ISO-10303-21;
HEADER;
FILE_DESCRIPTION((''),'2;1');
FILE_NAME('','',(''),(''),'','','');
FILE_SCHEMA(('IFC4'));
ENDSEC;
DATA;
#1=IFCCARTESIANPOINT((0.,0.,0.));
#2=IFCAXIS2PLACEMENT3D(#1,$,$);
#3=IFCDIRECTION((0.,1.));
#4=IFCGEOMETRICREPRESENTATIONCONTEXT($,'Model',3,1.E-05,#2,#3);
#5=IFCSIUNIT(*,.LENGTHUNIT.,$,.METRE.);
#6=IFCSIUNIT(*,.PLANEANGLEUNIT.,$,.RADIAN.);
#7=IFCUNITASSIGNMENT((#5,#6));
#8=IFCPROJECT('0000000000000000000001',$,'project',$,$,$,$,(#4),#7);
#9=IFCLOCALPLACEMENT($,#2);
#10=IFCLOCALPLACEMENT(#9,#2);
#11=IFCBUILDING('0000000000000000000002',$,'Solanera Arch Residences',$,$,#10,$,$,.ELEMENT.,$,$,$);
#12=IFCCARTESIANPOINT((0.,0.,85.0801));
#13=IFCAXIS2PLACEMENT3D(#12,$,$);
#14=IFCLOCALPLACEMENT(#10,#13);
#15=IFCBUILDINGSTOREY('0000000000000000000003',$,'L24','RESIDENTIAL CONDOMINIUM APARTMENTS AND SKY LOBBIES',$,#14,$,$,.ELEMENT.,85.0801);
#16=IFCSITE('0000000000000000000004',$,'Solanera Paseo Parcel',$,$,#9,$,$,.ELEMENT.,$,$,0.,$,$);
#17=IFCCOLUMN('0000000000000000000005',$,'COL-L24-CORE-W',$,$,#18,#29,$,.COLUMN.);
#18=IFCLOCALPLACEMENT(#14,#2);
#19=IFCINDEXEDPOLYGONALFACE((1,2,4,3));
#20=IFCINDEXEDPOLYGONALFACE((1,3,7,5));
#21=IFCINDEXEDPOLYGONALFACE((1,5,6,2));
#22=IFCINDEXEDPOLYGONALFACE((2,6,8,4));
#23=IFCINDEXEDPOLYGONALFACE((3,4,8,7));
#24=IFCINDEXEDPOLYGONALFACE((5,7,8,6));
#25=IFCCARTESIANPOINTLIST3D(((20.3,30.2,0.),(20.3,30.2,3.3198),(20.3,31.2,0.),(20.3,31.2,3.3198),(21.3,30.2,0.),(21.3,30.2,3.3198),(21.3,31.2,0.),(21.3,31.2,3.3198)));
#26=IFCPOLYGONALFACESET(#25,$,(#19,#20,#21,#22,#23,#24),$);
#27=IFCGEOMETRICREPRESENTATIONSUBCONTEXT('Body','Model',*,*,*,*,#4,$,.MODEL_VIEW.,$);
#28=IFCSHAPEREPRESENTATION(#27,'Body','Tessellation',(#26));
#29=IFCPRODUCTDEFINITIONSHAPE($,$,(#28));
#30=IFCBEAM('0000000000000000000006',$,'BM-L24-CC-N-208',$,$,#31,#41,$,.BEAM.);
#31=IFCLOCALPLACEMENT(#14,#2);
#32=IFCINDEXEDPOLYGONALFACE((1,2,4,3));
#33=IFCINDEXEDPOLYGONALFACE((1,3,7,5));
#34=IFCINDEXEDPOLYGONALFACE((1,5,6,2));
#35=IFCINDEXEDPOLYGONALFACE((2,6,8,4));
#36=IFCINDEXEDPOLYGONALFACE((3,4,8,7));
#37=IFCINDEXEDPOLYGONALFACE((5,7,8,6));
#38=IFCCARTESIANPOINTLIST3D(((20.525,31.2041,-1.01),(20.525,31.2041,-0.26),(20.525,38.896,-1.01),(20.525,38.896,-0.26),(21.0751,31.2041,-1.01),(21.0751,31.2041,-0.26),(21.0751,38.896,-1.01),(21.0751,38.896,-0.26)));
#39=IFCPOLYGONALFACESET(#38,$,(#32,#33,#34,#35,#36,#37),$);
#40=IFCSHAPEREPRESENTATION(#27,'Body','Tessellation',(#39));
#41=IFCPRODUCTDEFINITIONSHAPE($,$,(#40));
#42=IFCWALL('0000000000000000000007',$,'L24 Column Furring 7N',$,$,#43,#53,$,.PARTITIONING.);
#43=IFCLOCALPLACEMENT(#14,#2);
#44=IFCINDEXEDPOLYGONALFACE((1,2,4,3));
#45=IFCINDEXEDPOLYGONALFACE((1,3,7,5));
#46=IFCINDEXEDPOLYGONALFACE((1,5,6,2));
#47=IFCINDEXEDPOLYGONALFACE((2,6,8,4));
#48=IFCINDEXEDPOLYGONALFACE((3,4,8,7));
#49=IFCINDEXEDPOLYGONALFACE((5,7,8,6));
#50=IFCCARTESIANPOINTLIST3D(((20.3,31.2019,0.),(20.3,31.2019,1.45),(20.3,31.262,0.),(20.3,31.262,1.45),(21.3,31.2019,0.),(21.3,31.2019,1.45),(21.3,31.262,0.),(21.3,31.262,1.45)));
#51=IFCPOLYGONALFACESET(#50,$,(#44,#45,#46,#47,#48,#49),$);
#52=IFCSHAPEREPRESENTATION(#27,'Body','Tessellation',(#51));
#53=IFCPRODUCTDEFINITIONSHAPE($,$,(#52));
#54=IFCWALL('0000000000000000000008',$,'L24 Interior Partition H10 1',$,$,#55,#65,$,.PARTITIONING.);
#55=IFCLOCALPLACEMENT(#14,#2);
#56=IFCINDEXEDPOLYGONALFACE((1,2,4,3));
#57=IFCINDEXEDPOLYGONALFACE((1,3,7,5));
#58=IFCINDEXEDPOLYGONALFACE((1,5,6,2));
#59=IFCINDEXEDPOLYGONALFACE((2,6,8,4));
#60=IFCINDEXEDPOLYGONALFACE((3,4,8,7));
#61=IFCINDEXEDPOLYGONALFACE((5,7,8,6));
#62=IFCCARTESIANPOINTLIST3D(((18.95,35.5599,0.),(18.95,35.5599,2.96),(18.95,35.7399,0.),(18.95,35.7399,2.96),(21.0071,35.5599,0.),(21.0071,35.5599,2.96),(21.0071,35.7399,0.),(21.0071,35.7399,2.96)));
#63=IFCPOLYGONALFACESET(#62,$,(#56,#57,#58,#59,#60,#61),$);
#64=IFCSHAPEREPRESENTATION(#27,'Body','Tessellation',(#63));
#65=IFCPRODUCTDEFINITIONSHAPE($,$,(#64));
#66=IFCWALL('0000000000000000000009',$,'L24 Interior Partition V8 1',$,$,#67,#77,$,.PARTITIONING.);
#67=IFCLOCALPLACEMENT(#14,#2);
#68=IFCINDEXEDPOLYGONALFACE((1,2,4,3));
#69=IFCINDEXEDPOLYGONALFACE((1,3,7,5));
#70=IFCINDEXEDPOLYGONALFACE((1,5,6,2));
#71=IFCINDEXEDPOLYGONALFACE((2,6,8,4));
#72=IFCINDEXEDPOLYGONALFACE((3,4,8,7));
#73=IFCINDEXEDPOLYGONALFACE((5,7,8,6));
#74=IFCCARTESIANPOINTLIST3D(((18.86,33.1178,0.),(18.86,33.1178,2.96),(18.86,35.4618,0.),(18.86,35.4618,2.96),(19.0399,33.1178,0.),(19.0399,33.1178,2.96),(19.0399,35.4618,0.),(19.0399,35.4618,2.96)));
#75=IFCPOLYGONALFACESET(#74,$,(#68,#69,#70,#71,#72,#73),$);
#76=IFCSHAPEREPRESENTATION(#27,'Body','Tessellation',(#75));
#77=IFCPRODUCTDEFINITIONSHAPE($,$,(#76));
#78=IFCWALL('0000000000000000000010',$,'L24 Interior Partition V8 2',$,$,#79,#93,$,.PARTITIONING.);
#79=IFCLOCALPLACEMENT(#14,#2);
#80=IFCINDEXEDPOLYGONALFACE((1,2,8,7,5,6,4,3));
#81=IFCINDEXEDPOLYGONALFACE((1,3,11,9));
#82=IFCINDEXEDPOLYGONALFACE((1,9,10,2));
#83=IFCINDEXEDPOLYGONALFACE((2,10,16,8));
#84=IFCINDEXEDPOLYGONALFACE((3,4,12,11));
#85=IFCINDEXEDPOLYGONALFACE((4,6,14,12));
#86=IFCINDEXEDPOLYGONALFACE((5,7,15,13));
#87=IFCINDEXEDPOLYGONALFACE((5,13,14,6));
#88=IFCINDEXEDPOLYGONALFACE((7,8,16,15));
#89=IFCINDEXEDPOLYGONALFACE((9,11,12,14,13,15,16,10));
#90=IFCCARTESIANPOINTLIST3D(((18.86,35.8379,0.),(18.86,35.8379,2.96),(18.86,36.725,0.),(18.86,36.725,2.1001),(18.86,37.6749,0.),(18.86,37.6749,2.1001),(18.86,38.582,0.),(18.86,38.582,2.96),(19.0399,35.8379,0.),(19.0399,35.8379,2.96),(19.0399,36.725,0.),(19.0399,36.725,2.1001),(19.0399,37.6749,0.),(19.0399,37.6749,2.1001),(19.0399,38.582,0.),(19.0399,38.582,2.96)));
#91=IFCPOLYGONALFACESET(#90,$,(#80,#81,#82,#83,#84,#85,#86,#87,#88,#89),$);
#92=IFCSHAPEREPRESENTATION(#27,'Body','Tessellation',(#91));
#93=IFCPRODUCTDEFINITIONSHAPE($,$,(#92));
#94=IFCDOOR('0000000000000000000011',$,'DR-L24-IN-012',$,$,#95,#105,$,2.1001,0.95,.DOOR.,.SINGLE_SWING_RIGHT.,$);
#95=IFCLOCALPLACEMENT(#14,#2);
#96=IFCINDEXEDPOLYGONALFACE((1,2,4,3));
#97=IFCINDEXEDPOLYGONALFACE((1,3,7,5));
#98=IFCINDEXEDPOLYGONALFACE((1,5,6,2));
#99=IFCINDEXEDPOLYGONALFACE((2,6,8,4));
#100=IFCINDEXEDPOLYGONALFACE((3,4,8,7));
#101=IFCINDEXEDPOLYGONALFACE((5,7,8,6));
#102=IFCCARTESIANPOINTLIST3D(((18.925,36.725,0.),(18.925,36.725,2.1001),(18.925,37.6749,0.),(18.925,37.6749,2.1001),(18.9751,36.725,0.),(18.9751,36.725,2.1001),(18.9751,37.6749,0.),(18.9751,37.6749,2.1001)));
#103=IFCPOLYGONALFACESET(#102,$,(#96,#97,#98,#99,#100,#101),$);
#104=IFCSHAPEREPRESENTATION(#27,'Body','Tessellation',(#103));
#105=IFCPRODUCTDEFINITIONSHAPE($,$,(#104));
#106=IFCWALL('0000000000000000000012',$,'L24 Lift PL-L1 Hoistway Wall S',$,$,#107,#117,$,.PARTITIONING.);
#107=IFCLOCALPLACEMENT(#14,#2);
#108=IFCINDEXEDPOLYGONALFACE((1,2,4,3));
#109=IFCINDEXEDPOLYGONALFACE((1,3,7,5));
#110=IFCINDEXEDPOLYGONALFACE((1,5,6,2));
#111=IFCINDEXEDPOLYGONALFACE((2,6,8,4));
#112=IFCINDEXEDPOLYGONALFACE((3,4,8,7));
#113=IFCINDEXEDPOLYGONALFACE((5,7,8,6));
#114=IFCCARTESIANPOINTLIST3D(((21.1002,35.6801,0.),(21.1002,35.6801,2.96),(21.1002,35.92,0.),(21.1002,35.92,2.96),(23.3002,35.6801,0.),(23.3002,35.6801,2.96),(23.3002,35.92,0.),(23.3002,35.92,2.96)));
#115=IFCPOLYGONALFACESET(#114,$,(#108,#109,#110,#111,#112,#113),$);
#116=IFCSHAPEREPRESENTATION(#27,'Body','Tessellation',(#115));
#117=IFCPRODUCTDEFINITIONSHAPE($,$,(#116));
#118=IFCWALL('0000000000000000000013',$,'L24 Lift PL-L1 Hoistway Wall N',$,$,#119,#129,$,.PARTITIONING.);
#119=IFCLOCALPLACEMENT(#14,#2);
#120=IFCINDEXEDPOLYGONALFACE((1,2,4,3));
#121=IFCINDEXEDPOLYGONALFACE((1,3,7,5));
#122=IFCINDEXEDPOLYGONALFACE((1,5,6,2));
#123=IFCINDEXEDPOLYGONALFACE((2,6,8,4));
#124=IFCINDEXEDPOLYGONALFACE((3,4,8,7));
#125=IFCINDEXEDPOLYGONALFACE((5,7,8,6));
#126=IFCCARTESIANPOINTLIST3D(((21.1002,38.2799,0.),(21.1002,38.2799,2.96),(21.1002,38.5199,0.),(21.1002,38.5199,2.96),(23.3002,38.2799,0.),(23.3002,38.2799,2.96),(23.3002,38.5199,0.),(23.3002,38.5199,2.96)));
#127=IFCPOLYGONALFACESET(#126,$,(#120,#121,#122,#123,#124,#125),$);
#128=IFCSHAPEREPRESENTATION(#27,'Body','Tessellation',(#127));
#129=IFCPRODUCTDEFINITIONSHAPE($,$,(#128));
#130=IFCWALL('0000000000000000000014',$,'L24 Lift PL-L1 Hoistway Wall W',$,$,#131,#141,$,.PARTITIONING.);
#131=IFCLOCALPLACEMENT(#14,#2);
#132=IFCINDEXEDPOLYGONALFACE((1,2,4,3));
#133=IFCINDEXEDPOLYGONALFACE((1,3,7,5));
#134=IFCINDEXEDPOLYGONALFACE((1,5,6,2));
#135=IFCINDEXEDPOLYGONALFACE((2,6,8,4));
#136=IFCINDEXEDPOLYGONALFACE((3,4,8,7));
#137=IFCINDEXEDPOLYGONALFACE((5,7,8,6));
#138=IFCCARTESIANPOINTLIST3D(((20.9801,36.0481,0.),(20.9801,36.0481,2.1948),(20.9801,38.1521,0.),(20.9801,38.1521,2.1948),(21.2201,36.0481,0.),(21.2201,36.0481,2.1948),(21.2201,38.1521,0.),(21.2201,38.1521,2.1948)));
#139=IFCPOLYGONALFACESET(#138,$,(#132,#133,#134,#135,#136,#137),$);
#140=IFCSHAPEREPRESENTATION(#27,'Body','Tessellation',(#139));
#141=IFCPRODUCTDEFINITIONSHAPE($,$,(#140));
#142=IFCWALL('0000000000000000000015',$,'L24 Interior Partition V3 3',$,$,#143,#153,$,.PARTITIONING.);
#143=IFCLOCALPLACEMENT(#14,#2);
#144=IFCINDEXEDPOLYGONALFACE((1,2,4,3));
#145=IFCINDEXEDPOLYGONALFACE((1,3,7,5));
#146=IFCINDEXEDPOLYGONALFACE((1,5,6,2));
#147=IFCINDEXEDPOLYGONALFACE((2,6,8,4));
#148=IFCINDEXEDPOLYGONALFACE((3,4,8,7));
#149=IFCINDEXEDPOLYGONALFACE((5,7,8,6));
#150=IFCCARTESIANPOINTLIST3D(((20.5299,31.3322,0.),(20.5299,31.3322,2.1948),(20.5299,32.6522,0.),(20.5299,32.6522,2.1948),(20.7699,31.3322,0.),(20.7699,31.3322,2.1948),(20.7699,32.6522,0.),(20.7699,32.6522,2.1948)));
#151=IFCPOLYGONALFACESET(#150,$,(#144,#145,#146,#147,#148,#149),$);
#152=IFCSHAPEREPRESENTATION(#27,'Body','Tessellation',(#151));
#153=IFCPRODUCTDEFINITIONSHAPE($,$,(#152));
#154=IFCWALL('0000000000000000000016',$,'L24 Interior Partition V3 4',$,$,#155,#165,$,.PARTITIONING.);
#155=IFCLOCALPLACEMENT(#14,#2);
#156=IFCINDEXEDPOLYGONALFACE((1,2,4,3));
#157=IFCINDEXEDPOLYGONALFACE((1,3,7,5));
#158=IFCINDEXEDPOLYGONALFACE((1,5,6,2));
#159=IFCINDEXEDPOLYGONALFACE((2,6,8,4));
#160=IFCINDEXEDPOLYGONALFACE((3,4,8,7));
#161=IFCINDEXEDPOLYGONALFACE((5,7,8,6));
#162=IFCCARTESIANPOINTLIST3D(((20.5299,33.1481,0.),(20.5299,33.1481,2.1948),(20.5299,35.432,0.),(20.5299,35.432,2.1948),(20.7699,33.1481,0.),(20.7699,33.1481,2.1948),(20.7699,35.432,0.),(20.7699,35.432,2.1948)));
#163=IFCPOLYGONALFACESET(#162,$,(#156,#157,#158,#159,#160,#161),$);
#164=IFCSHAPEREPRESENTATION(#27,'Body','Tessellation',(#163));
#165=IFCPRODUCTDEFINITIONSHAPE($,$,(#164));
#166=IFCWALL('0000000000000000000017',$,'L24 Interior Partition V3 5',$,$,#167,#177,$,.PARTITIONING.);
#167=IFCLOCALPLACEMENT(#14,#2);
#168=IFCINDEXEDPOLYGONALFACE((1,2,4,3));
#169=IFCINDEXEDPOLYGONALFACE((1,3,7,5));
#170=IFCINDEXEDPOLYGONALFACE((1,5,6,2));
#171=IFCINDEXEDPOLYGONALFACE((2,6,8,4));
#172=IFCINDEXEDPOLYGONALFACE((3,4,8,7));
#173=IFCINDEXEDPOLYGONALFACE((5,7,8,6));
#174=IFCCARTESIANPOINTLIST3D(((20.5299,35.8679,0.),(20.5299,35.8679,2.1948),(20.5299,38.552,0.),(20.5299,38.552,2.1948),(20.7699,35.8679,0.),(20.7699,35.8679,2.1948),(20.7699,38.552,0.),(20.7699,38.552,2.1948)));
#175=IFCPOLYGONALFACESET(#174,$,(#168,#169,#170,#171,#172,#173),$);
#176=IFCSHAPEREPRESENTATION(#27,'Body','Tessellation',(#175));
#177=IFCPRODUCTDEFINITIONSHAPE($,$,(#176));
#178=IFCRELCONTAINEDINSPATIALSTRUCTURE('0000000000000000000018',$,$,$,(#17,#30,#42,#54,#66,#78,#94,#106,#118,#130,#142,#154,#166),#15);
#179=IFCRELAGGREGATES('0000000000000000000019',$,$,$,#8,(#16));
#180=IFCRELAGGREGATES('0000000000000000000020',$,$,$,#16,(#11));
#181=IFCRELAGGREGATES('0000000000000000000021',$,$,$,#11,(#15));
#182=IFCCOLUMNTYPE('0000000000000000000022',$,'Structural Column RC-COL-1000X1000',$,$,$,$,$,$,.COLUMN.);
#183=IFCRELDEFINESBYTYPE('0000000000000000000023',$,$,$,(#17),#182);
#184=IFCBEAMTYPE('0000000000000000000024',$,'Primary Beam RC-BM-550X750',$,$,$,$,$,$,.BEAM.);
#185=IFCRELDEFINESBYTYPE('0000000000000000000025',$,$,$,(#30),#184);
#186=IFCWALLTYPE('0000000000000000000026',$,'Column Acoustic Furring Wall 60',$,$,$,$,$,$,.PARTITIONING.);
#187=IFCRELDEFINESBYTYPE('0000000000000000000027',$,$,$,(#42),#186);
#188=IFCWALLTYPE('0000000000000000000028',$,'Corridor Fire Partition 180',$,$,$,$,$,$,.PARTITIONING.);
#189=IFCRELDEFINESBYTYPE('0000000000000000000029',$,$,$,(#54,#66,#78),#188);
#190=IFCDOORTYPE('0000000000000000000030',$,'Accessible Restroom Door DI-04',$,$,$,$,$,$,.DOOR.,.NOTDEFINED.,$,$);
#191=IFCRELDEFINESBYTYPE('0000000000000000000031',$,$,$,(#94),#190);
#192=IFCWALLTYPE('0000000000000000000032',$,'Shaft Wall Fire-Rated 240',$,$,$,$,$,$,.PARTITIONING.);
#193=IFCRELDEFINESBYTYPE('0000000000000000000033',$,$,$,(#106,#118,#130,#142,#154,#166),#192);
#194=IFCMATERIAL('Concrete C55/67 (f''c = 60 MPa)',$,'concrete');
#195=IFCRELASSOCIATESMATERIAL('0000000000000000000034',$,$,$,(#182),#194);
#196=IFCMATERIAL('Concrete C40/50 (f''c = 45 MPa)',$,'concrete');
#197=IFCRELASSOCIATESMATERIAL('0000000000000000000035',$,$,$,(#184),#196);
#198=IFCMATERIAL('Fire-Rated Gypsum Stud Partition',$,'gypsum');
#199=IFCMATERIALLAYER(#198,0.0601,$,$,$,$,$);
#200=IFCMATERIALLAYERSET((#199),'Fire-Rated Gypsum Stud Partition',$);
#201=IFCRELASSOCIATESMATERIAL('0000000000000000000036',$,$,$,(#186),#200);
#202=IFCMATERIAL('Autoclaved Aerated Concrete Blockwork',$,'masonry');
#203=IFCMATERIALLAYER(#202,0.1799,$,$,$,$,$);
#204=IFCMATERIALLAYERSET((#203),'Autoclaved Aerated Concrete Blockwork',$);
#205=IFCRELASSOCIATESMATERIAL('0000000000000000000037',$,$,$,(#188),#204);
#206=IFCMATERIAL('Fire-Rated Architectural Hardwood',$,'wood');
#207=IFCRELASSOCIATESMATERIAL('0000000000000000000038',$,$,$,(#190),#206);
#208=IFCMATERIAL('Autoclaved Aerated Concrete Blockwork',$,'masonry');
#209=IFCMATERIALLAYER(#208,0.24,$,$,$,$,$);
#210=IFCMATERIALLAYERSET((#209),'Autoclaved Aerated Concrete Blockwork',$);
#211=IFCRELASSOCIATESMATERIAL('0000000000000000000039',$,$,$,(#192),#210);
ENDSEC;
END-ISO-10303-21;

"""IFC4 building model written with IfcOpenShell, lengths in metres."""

from ifc_helpers import new_model, si_unit, direction, frame, frame_2d, origin, origin_2d, place, context, subcontext, project, spatial, rectangle, extrude, material, layer, layer_set, material_profile, profile_set, type_object, element, fill, save


model = new_model("IFC4")

# Units and contexts
model_context = context("Model", 3, precision=1e-05, world=origin(), true_north=direction((0.0, 1.0)))
body_context = subcontext(model_context, "Body", "Model", "MODEL_VIEW")
ifc_project = project(units=[si_unit("LENGTHUNIT", "METRE"), si_unit("PLANEANGLEUNIT", "RADIAN")], contexts=[model_context])

# Site, building, storey
site_placement = place(None, origin())
site = spatial("IfcSite", under=ifc_project, at=site_placement, Name="Solanera Paseo Parcel", CompositionType="ELEMENT", RefElevation=0.0)
building_placement = place(site_placement, origin())
building = spatial("IfcBuilding", under=site, at=building_placement, Name="Solanera Arch Residences", CompositionType="ELEMENT")
storey_placement = place(building_placement, frame((0.0, 0.0, 85.0801)))
storey = spatial("IfcBuildingStorey", under=building, at=storey_placement, Name="L24", Description="RESIDENTIAL CONDOMINIUM APARTMENTS AND SKY LOBBIES", CompositionType="ELEMENT", Elevation=85.0801)

# Column
ifc_material_1 = material(Name="Concrete C55/67 (f'c = 60 MPa)", Category="concrete")
ifc_material_profile_1 = material_profile(ifc_material_1, rectangle(XDim=1.0, YDim=1.0, at=origin_2d()))
ifc_profile_set_1 = profile_set([ifc_material_profile_1], Name="Concrete C55/67 (f'c = 60 MPa)")
column_type = type_object("IfcColumnType", Name="Structural Column RC-COL-1000X1000", PredefinedType="COLUMN", material=ifc_profile_set_1)
column_placement = place(storey_placement, frame((20.8, 30.7, 0.0), z_axis=(0.0, 0.0, 1.0), x_axis=(1.0, 0.0, 0.0)))
element("IfcColumn", 1, at=column_placement, inside=storey, type_object=column_type, Name="COL-L24-CORE-W", PredefinedType="COLUMN", context=body_context, shape_type="SweptSolid", body=[
    extrude(rectangle(XDim=1.0, YDim=1.0, at=origin_2d()), origin(), (0.0, 0.0, 1.0), 3.3198),
])

# Beam
ifc_material_2 = material(Name="Concrete C40/50 (f'c = 45 MPa)", Category="concrete")
ifc_material_profile_2 = material_profile(ifc_material_2, rectangle(XDim=0.55, YDim=0.75, at=origin_2d()))
ifc_profile_set_2 = profile_set([ifc_material_profile_2], Name="Concrete C40/50 (f'c = 45 MPa)")
beam_type = type_object("IfcBeamType", Name="Primary Beam RC-BM-550X750", PredefinedType="BEAM", material=ifc_profile_set_2)
beam_placement = place(storey_placement, frame((20.8, 31.2041, -0.635), z_axis=(0.0, 1.0, 0.0), x_axis=(-1.0, 0.0, 0.0)))
element("IfcBeam", 2, at=beam_placement, inside=storey, type_object=beam_type, Name="BM-L24-CC-N-208", PredefinedType="BEAM", context=body_context, shape_type="SweptSolid", body=[
    extrude(rectangle(XDim=0.55, YDim=0.75, at=origin_2d()), origin(), (0.0, 0.0, 1.0), 7.6919),
])

# Wall
ifc_material_3 = material(Name="Fire-Rated Gypsum Stud Partition", Category="gypsum")
ifc_layer_1 = layer(ifc_material_3, 0.0601)
ifc_layer_set_1 = layer_set([ifc_layer_1], Name="Fire-Rated Gypsum Stud Partition")
wall_type_1 = type_object("IfcWallType", Name="Column Acoustic Furring Wall 60", PredefinedType="PARTITIONING", material=ifc_layer_set_1)
wall_1_placement = place(storey_placement, frame((20.3, 31.2319, 0.0), z_axis=(0.0, 0.0, 1.0), x_axis=(1.0, 0.0, 0.0)))
element("IfcWall", 3, at=wall_1_placement, inside=storey, type_object=wall_type_1, Name="L24 Column Furring 7N", PredefinedType="PARTITIONING", context=body_context, shape_type="SweptSolid", body=[
    extrude(rectangle(XDim=1.0, YDim=0.0601, at=frame_2d((0.5, 0.0))), origin(), (0.0, 0.0, 1.0), 1.45),
])

# Walls
ifc_material_4 = material(Name="Autoclaved Aerated Concrete Blockwork", Category="masonry")
ifc_layer_2 = layer(ifc_material_4, 0.1799)
ifc_layer_set_2 = layer_set([ifc_layer_2], Name="Autoclaved Aerated Concrete Blockwork")
wall_type_2 = type_object("IfcWallType", Name="Corridor Fire Partition 180", PredefinedType="PARTITIONING", material=ifc_layer_set_2)
wall_2_placement = place(storey_placement, frame((18.95, 35.6499, 0.0), z_axis=(0.0, 0.0, 1.0), x_axis=(1.0, 0.0, 0.0)))
element("IfcWall", 4, at=wall_2_placement, inside=storey, type_object=wall_type_2, Name="L24 Interior Partition H10 1", PredefinedType="PARTITIONING", context=body_context, shape_type="SweptSolid", body=[
    extrude(rectangle(XDim=2.0571, YDim=0.1799, at=frame_2d((1.0286, 0.0))), origin(), (0.0, 0.0, 1.0), 2.96),
])
wall_3_placement = place(storey_placement, frame((18.95, 33.1179, 0.0), z_axis=(0.0, 0.0, 1.0), x_axis=(0.0, 1.0, 0.0)))
element("IfcWall", 5, at=wall_3_placement, inside=storey, type_object=wall_type_2, Name="L24 Interior Partition V8 1", PredefinedType="PARTITIONING", context=body_context, shape_type="SweptSolid", body=[
    extrude(rectangle(XDim=2.344, YDim=0.1799, at=frame_2d((1.1719, 0.0))), origin(), (0.0, 0.0, 1.0), 2.96),
])

# Wall, opening, door
wall_4_placement = place(storey_placement, frame((18.95, 35.8379, 0.0), z_axis=(0.0, 0.0, 1.0), x_axis=(0.0, 1.0, 0.0)))
wall_4 = element("IfcWall", 6, at=wall_4_placement, inside=storey, type_object=wall_type_2, Name="L24 Interior Partition V8 2", PredefinedType="PARTITIONING", context=body_context, shape_type="SweptSolid", body=[
    extrude(rectangle(XDim=2.7441, YDim=0.1799, at=frame_2d((1.3721, 0.0))), origin(), (0.0, 0.0, 1.0), 2.96),
])
opening_1_placement = place(wall_4_placement, frame((0.887, 0.0, 0.0)))
opening_1 = element("IfcOpeningElement", 7, at=opening_1_placement, cuts=wall_4, PredefinedType="OPENING", context=body_context, shape_type="SweptSolid", body=[
    extrude(rectangle(XDim=0.95, YDim=2.1001, at=frame_2d((0.4751, 1.05))), frame((0.0, 0.1001, 0.0), z_axis=(0.0, -1.0, 0.0), x_axis=(1.0, 0.0, 0.0)), (0.0, 0.0, 1.0), 0.1999),
])
ifc_material_5 = material(Name="Fire-Rated Architectural Hardwood", Category="wood")
door_type_1 = type_object("IfcDoorType", Name="Accessible Restroom Door DI-04", OperationType="NOTDEFINED", PredefinedType="DOOR", material=ifc_material_5)
door_1_placement = place(opening_1_placement, origin())
door_1 = element("IfcDoor", 8, at=door_1_placement, inside=storey, type_object=door_type_1, Name="DR-L24-IN-012", OperationType="SINGLE_SWING_RIGHT", OverallHeight=2.1001, OverallWidth=0.95, PredefinedType="DOOR", context=body_context, shape_type="SweptSolid", body=[
    extrude(rectangle(XDim=0.95, YDim=2.1001, at=frame_2d((0.4751, 1.05))), frame((0.0, 0.0249, 0.0), z_axis=(0.0, -1.0, 0.0), x_axis=(1.0, 0.0, 0.0)), (0.0, 0.0, 1.0), 0.05),
])
fill(opening_1, door_1)

# Walls
ifc_material_6 = material(Name="Autoclaved Aerated Concrete Blockwork", Category="masonry")
ifc_layer_3 = layer(ifc_material_6, 0.24)
ifc_layer_set_3 = layer_set([ifc_layer_3], Name="Autoclaved Aerated Concrete Blockwork")
wall_type_3 = type_object("IfcWallType", Name="Shaft Wall Fire-Rated 240", PredefinedType="PARTITIONING", material=ifc_layer_set_3)
for number, where, z_axis, x_axis, name in (
    (9, (21.1001, 35.8, 0.0), (0.0, 0.0, 1.0), (1.0, 0.0, 0.0), "L24 Lift PL-L1 Hoistway Wall S"),
    (10, (21.1001, 38.3999, 0.0), (0.0, 0.0, 1.0), (1.0, 0.0, 0.0), "L24 Lift PL-L1 Hoistway Wall N"),
):
    element("IfcWall", number, at=place(storey_placement, frame(where, z_axis=z_axis, x_axis=x_axis)), inside=storey, type_object=wall_type_3, Name=name, PredefinedType="PARTITIONING", context=body_context, shape_type="SweptSolid", body=[
        extrude(rectangle(XDim=2.2, YDim=0.24, at=frame_2d((1.1001, 0.0))), origin(), (0.0, 0.0, 1.0), 2.96),
    ])
wall_5_placement = place(storey_placement, frame((21.1001, 36.0481, 0.0), z_axis=(0.0, 0.0, 1.0), x_axis=(0.0, 1.0, 0.0)))
element("IfcWall", 11, at=wall_5_placement, inside=storey, type_object=wall_type_3, Name="L24 Lift PL-L1 Hoistway Wall W", PredefinedType="PARTITIONING", context=body_context, shape_type="SweptSolid", body=[
    extrude(rectangle(XDim=2.104, YDim=0.24, at=frame_2d((1.052, 0.0))), origin(), (0.0, 0.0, 1.0), 2.1948),
])

# Walls
wall_6_placement = place(storey_placement, frame((20.6499, 31.332, 0.0), z_axis=(0.0, 0.0, 1.0), x_axis=(0.0, 1.0, 0.0)))
element("IfcWall", 12, at=wall_6_placement, inside=storey, type_object=wall_type_3, Name="L24 Interior Partition V3 3", PredefinedType="PARTITIONING", context=body_context, shape_type="SweptSolid", body=[
    extrude(rectangle(XDim=1.3201, YDim=0.24, at=frame_2d((0.6602, 0.0))), origin(), (0.0, 0.0, 1.0), 2.1948),
])
wall_7_placement = place(storey_placement, frame((20.6499, 33.1479, 0.0), z_axis=(0.0, 0.0, 1.0), x_axis=(0.0, 1.0, 0.0)))
element("IfcWall", 13, at=wall_7_placement, inside=storey, type_object=wall_type_3, Name="L24 Interior Partition V3 4", PredefinedType="PARTITIONING", context=body_context, shape_type="SweptSolid", body=[
    extrude(rectangle(XDim=2.2839, YDim=0.24, at=frame_2d((1.1421, 0.0))), origin(), (0.0, 0.0, 1.0), 2.1948),
])
wall_8_placement = place(storey_placement, frame((20.6499, 35.8679, 0.0), z_axis=(0.0, 0.0, 1.0), x_axis=(0.0, 1.0, 0.0)))
element("IfcWall", 14, at=wall_8_placement, inside=storey, type_object=wall_type_3, Name="L24 Interior Partition V3 5", PredefinedType="PARTITIONING", context=body_context, shape_type="SweptSolid", body=[
    extrude(rectangle(XDim=2.6841, YDim=0.24, at=frame_2d((1.342, 0.0))), origin(), (0.0, 0.0, 1.0), 2.1948),
])

save(model, "model.ifc")
